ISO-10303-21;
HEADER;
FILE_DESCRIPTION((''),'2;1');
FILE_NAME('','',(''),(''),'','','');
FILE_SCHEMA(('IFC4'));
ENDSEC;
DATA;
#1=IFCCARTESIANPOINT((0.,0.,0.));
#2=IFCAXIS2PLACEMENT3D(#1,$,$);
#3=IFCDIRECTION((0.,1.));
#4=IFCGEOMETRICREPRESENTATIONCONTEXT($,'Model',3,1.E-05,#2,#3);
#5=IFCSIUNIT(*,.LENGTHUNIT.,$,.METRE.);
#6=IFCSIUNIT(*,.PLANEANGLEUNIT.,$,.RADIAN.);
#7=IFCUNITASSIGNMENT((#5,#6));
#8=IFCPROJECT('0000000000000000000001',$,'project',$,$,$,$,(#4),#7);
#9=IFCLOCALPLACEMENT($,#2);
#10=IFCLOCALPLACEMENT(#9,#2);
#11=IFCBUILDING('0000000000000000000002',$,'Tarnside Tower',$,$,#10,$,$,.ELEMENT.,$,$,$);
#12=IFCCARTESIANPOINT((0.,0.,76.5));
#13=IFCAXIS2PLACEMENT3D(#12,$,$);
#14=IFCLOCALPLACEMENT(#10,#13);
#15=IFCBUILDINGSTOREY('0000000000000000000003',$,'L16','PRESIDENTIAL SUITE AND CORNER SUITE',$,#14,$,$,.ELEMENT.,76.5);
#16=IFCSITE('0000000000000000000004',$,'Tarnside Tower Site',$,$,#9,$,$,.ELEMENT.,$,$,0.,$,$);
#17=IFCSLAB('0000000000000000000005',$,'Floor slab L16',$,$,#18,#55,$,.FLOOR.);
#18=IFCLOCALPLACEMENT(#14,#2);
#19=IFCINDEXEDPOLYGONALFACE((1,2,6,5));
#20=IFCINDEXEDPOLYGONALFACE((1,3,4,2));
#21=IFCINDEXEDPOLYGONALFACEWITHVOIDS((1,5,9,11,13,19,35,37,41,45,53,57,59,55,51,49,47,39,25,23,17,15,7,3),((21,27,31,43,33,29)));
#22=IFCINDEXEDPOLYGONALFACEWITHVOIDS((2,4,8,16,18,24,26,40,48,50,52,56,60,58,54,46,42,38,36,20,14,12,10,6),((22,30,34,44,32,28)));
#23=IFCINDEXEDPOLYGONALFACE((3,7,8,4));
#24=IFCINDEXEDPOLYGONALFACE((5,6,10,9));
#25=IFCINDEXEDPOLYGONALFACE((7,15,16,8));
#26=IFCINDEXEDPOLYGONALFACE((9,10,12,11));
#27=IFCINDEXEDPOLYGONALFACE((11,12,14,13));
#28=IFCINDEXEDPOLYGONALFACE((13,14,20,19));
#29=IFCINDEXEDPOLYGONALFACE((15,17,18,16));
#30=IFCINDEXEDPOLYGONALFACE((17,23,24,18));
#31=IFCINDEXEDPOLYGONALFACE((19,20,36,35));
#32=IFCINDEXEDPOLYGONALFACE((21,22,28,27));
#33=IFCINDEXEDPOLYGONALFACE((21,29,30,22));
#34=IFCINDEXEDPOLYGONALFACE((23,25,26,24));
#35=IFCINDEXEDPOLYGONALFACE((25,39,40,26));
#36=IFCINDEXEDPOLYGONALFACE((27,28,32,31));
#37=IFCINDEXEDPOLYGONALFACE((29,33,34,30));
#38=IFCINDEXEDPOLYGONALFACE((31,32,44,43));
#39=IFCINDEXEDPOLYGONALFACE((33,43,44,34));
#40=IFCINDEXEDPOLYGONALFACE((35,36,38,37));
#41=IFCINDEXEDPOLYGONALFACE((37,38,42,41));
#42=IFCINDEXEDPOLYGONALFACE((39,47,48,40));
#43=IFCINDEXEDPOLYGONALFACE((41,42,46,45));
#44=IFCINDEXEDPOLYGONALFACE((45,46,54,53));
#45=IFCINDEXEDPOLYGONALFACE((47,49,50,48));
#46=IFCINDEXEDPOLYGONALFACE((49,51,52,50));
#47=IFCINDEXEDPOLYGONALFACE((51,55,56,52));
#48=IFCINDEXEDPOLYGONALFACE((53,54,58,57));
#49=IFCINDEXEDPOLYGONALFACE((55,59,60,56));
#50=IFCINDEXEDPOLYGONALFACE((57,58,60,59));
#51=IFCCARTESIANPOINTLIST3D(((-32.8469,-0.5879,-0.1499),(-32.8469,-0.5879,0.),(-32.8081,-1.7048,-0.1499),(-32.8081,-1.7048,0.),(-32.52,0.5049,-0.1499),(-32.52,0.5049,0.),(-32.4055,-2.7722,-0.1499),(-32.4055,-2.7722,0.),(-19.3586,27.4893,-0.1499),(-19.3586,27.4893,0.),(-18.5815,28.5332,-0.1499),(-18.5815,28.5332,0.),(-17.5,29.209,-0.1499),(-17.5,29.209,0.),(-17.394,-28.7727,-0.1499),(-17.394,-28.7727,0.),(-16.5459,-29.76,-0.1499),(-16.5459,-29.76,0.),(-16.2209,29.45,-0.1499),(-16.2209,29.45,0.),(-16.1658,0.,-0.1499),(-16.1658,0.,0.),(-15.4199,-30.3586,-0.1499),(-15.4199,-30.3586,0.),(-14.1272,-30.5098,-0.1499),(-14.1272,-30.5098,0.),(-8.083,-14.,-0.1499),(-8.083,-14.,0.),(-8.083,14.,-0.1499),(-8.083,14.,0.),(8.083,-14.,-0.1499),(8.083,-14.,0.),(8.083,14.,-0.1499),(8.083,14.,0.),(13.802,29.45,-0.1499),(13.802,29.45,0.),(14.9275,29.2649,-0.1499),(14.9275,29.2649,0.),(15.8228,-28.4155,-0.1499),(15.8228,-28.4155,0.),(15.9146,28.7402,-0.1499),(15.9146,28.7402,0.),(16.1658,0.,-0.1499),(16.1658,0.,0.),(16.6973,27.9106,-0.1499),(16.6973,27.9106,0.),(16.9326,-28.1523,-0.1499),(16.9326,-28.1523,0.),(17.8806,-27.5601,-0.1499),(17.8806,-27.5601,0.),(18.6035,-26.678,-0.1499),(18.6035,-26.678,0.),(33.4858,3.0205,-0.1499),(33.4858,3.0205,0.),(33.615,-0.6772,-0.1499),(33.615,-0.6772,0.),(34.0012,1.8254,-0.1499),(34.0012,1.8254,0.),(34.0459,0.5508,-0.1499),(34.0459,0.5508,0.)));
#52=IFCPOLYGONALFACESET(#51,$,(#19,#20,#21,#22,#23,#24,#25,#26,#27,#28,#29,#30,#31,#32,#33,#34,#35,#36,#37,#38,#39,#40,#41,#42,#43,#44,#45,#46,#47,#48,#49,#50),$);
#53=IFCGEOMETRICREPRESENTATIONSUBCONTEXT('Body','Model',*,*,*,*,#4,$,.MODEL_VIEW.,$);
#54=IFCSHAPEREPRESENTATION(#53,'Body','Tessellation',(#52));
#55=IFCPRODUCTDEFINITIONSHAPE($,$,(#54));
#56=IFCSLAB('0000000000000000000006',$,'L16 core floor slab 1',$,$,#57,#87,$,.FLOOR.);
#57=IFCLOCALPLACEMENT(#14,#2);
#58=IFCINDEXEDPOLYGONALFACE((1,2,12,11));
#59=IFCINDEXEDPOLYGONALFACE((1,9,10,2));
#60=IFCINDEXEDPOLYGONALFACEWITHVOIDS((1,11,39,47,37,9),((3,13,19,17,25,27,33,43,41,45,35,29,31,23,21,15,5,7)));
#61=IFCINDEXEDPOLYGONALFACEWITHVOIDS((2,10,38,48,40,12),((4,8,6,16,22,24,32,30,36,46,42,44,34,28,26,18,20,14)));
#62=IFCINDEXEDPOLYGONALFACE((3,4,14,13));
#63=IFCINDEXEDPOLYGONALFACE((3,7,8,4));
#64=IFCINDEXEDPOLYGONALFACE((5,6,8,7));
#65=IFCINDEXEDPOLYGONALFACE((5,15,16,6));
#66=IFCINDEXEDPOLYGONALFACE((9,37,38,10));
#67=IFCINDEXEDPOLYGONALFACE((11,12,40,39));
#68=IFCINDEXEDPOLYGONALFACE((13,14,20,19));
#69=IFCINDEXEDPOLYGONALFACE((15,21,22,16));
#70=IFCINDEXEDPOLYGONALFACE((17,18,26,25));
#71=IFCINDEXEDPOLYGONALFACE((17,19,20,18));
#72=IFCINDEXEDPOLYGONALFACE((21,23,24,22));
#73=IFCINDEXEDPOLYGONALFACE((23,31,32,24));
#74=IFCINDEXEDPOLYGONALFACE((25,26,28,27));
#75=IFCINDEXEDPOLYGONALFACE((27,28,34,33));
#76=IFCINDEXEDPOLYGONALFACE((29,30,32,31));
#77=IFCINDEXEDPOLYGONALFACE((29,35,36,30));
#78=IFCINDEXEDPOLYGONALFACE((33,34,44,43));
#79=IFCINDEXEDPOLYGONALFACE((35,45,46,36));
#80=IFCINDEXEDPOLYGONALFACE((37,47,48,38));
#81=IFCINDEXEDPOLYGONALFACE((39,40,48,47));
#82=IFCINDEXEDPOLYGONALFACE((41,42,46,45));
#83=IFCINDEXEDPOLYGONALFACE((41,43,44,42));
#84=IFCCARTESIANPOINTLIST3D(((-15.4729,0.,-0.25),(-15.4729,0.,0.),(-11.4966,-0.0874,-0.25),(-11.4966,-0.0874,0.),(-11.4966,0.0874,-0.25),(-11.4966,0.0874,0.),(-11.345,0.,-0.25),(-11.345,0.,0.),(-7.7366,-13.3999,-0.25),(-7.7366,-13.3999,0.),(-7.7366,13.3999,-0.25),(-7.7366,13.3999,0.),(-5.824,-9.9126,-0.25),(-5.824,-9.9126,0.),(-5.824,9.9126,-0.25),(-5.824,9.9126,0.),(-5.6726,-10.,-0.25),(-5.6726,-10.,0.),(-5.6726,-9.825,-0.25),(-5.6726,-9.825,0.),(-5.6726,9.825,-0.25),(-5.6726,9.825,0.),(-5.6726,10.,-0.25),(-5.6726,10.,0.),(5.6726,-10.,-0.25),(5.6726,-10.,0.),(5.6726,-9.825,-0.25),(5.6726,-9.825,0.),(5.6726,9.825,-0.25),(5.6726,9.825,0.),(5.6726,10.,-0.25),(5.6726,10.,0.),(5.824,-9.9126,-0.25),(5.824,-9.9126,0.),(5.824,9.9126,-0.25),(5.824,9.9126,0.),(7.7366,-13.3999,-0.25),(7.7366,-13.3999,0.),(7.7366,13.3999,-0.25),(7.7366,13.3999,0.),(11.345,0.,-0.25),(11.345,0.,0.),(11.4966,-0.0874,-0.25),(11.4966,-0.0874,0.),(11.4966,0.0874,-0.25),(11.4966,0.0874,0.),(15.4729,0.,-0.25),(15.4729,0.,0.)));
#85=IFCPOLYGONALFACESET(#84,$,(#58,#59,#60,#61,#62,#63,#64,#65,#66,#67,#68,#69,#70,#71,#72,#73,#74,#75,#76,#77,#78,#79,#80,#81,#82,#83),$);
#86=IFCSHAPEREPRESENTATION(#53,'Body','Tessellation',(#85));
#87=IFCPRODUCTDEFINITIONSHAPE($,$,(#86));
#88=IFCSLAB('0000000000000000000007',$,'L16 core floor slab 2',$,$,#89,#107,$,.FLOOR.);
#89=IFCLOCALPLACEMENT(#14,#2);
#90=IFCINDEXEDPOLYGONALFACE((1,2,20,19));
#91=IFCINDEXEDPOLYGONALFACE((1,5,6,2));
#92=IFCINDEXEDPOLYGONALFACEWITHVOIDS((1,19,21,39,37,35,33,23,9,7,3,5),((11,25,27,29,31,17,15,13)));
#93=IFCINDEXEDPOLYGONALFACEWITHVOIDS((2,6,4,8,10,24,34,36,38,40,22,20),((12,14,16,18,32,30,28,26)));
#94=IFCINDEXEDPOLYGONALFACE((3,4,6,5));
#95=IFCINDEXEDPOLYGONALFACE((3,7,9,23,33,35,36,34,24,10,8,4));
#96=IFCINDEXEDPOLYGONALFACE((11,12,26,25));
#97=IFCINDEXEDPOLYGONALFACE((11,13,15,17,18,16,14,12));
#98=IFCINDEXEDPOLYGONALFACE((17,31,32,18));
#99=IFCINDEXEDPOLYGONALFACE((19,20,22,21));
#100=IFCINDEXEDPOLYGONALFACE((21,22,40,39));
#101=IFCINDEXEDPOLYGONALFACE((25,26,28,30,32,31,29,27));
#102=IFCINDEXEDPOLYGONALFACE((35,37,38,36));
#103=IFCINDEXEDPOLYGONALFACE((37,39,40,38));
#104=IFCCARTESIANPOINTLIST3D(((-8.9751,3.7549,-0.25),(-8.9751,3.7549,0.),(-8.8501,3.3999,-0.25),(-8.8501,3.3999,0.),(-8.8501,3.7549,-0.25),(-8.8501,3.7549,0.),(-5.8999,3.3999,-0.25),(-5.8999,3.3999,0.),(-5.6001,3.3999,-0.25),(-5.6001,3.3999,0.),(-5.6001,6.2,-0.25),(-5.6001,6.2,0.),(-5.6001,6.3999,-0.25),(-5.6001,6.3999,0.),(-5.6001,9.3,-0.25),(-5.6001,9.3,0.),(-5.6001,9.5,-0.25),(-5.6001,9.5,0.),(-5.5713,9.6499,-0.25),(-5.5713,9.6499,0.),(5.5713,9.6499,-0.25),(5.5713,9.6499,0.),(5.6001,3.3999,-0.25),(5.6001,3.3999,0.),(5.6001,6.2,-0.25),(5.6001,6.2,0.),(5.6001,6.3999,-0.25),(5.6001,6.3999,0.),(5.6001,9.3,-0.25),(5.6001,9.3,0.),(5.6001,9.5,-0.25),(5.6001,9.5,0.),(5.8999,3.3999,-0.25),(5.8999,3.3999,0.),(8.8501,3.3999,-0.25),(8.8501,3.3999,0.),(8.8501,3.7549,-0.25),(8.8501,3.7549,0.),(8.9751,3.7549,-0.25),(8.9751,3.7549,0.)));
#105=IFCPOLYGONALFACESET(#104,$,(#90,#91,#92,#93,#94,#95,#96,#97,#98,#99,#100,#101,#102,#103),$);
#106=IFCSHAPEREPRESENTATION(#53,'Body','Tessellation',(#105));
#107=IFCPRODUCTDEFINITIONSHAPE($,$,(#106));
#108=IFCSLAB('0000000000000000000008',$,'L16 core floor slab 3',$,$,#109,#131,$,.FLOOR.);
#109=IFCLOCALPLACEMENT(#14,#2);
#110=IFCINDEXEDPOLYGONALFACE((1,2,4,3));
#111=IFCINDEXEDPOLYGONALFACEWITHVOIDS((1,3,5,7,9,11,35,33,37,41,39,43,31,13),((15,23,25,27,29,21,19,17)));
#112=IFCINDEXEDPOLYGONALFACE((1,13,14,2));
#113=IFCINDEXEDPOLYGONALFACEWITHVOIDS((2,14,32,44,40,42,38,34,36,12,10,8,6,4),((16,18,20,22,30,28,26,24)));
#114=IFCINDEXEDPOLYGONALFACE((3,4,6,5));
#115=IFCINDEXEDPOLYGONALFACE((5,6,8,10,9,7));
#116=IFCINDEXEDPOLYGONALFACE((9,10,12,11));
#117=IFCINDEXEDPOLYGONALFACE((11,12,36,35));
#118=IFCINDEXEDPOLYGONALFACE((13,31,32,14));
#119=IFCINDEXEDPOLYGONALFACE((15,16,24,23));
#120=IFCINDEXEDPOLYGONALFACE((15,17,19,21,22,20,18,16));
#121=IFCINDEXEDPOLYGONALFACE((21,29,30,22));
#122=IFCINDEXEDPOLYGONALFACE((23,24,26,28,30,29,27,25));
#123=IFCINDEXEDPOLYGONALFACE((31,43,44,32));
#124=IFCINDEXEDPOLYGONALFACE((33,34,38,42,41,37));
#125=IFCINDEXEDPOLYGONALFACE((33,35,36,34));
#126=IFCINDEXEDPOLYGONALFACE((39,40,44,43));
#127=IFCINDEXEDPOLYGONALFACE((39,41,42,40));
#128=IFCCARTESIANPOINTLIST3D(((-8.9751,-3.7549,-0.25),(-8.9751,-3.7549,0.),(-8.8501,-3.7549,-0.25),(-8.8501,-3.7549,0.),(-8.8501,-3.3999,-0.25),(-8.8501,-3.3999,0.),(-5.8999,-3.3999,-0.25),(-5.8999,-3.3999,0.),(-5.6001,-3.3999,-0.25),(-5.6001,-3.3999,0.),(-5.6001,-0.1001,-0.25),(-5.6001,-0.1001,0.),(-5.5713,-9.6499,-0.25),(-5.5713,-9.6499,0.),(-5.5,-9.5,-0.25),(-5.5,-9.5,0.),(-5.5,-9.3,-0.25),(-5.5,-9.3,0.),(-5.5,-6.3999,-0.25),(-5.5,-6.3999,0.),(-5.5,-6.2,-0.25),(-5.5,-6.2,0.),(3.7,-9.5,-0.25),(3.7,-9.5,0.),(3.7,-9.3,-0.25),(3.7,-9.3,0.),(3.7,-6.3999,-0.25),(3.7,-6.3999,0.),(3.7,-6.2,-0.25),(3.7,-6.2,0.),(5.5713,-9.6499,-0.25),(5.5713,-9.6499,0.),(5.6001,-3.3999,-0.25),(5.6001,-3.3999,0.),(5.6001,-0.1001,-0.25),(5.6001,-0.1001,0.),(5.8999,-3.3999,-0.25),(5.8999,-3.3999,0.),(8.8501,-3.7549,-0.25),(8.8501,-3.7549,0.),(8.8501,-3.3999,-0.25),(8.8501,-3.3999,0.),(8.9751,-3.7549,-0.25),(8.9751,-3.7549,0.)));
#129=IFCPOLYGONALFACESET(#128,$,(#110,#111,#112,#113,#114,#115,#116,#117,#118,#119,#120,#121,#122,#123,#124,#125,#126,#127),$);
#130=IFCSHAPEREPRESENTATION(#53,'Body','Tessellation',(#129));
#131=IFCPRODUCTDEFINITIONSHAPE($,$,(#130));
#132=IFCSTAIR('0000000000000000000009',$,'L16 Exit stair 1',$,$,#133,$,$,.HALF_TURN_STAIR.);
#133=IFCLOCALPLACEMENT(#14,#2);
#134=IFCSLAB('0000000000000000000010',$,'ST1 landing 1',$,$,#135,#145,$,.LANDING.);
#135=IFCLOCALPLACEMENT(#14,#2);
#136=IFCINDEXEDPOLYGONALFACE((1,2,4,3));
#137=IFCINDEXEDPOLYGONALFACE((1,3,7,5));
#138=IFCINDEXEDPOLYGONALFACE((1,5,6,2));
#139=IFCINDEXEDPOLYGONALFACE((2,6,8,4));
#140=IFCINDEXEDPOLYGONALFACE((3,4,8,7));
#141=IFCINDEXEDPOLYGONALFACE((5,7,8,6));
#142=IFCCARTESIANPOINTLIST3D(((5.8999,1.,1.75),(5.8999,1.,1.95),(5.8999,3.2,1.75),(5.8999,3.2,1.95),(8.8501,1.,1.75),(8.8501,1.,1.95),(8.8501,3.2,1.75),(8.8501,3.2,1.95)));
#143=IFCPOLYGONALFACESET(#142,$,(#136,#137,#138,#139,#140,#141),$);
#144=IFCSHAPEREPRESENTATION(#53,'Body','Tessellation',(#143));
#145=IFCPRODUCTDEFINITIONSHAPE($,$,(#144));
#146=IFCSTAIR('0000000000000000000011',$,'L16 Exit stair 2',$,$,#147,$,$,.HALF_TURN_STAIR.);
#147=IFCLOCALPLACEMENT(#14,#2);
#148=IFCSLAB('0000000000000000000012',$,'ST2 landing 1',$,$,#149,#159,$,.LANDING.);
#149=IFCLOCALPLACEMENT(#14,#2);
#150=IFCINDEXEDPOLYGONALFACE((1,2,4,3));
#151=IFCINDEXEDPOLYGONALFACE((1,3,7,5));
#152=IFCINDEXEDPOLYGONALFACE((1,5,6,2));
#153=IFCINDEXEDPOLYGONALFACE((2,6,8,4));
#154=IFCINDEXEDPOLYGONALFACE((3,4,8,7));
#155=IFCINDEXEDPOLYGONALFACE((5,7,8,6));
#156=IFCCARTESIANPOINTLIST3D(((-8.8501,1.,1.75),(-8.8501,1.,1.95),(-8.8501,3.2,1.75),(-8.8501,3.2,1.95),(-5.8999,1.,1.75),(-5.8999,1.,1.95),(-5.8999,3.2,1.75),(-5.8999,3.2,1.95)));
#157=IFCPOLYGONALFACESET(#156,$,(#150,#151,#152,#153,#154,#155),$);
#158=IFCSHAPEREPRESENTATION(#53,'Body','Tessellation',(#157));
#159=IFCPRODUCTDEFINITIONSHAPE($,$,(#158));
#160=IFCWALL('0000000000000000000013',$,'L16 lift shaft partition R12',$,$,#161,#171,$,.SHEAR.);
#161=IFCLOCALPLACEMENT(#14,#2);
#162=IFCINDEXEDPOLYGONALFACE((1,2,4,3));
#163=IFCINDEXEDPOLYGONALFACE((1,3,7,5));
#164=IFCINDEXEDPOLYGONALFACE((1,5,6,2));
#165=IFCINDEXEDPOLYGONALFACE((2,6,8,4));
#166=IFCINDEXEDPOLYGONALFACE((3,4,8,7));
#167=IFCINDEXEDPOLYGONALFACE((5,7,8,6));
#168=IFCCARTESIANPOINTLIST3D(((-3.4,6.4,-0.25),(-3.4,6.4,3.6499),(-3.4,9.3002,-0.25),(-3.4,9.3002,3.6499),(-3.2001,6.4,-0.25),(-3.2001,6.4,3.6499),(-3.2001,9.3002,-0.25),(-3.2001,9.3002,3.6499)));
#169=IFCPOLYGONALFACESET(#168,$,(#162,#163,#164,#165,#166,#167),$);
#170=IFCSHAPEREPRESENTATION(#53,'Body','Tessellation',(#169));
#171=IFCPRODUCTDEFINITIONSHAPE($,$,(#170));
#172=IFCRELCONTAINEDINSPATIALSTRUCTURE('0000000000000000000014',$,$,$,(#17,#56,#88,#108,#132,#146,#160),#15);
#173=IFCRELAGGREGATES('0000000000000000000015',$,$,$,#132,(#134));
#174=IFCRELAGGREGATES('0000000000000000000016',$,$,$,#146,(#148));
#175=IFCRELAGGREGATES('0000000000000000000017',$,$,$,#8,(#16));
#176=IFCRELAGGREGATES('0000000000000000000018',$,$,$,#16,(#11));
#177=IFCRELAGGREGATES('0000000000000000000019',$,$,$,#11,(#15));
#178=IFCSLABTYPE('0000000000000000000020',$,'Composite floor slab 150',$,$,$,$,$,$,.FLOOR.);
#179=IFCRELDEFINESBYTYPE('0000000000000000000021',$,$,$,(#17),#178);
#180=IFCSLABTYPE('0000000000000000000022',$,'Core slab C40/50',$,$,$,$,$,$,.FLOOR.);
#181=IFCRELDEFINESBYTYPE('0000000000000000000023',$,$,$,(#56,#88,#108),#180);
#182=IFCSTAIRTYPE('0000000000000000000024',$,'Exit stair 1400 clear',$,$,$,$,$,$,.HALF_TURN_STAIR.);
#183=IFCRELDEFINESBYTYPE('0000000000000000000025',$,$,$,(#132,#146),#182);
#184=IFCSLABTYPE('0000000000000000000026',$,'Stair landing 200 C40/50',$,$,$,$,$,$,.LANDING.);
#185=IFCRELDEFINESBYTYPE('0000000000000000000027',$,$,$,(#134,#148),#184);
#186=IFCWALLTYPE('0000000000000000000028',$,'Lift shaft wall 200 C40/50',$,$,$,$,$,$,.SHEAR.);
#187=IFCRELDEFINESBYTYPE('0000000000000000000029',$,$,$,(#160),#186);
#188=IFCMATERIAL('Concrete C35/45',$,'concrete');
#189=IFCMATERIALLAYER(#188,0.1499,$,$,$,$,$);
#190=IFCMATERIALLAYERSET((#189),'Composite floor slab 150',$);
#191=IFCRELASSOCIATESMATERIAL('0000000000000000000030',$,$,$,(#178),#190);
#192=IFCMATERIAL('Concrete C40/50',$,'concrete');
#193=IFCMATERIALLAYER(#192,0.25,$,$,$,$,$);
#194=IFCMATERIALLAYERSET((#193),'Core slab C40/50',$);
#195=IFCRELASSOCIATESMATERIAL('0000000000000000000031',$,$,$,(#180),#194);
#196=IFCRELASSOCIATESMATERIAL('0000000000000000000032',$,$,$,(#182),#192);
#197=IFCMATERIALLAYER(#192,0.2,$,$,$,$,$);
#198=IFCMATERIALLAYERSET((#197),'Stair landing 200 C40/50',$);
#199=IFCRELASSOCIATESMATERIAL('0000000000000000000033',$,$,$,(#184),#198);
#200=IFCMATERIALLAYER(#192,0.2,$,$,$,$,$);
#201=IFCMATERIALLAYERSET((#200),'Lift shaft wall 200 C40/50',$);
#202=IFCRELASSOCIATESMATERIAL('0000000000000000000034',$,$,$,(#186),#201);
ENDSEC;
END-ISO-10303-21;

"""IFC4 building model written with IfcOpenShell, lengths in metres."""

from ifc_helpers import new_model, si_unit, direction, frame, frame_2d, origin, place, context, subcontext, project, spatial, polyline, rectangle, outline, extrude, material, layer, layer_set, type_object, element, aggregate, save


model = new_model("IFC4")

# Units and contexts
model_context = context("Model", 3, precision=1e-05, world=origin(), true_north=direction((0.0, 1.0)))
body_context = subcontext(model_context, "Body", "Model", "MODEL_VIEW")
ifc_project = project(units=[si_unit("LENGTHUNIT", "METRE"), si_unit("PLANEANGLEUNIT", "RADIAN")], contexts=[model_context])

# Site, building, storey
site_placement = place(None, origin())
site = spatial("IfcSite", under=ifc_project, at=site_placement, Name="Tarnside Tower Site", CompositionType="ELEMENT", RefElevation=0.0)
building_placement = place(site_placement, origin())
building = spatial("IfcBuilding", under=site, at=building_placement, Name="Tarnside Tower", CompositionType="ELEMENT")
storey_placement = place(building_placement, frame((0.0, 0.0, 76.5)))
storey = spatial("IfcBuildingStorey", under=building, at=storey_placement, Name="L16", Description="PRESIDENTIAL SUITE AND CORNER SUITE", CompositionType="ELEMENT", Elevation=76.5)

# Slabs
ifc_material_1 = material(Name="Concrete C35/45", Category="concrete")
ifc_layer_1 = layer(ifc_material_1, 0.1499)
ifc_layer_set_1 = layer_set([ifc_layer_1], Name="Composite floor slab 150")
slab_type_1 = type_object("IfcSlabType", Name="Composite floor slab 150", PredefinedType="FLOOR", material=ifc_layer_set_1)
slab_1_placement = place(storey_placement, frame((0.0, 0.0, -0.1499)))
element("IfcSlab", 1, at=slab_1_placement, inside=storey, type_object=slab_type_1, Name="Floor slab L16", PredefinedType="FLOOR", context=body_context, shape_type="SweptSolid", body=[
    extrude(outline(polyline([(14.9275, 29.2649), (15.9146, 28.7402), (16.6973, 27.9106), (33.4858, 3.0205), (34.0012, 1.8254), (34.0459, 0.5508), (33.615, -0.6772), (18.6035, -26.678), (17.8806, -27.5601), (16.9326, -28.1523), (15.8228, -28.4155), (-14.1272, -30.5098), (-15.4199, -30.3586), (-16.5459, -29.76), (-17.394, -28.7727), (-32.4055, -2.7722), (-32.8081, -1.7048), (-32.8469, -0.5879), (-32.52, 0.5049), (-19.3586, 27.4893), (-18.5815, 28.5332), (-17.5, 29.209), (-16.2209, 29.45), (13.802, 29.45), (14.9275, 29.2649)]), holes=[polyline([(-16.1658, 0.0), (-8.083, -14.0), (8.083, -14.0), (16.1658, 0.0), (8.083, 14.0), (-8.083, 14.0), (-16.1658, 0.0)])]), origin(), (0.0, 0.0, 1.0), 0.1499),
])
ifc_material_2 = material(Name="Concrete C40/50", Category="concrete")
ifc_layer_2 = layer(ifc_material_2, 0.25)
ifc_layer_set_2 = layer_set([ifc_layer_2], Name="Core slab C40/50")
slab_type_2 = type_object("IfcSlabType", Name="Core slab C40/50", PredefinedType="FLOOR", material=ifc_layer_set_2)
slab_2_placement = place(storey_placement, frame((0.0, 0.0, -0.25)))
element("IfcSlab", 2, at=slab_2_placement, inside=storey, type_object=slab_type_2, Name="L16 core floor slab 1", PredefinedType="FLOOR", context=body_context, shape_type="SweptSolid", body=[
    extrude(outline(polyline([(-15.4729, 0.0), (-7.7366, 13.3999), (7.7366, 13.3999), (15.4729, 0.0), (7.7366, -13.3999), (-7.7366, -13.3999), (-15.4729, 0.0)]), holes=[polyline([(5.824, -9.9126), (11.4966, -0.0874), (11.345, 0.0), (11.4966, 0.0874), (5.824, 9.9126), (5.6726, 9.825), (5.6726, 10.0), (-5.6726, 10.0), (-5.6726, 9.825), (-5.824, 9.9126), (-11.4966, 0.0874), (-11.345, 0.0), (-11.4966, -0.0874), (-5.824, -9.9126), (-5.6726, -9.825), (-5.6726, -10.0), (5.6726, -10.0), (5.6726, -9.825), (5.824, -9.9126)])]), origin(), (0.0, 0.0, 1.0), 0.25),
])
slab_3_placement = place(storey_placement, frame((0.0, 0.0, -0.25)))
element("IfcSlab", 3, at=slab_3_placement, inside=storey, type_object=slab_type_2, Name="L16 core floor slab 2", PredefinedType="FLOOR", context=body_context, shape_type="SweptSolid", body=[
    extrude(outline(polyline([(-8.9751, 3.7549), (-5.5713, 9.6499), (5.5713, 9.6499), (8.9751, 3.7549), (8.8501, 3.7549), (8.8501, 3.3999), (5.8999, 3.3999), (5.6001, 3.3999), (5.6001, 3.3999), (-5.6001, 3.3999), (-5.8999, 3.3999), (-8.8501, 3.3999), (-8.8501, 3.7549), (-8.9751, 3.7549)]), holes=[polyline([(-5.6001, 6.2), (5.6001, 6.2), (5.6001, 6.3999), (5.6001, 9.3), (5.6001, 9.5), (-5.6001, 9.5), (-5.6001, 9.3), (-5.6001, 6.3999), (-5.6001, 6.2)])]), origin(), (0.0, 0.0, 1.0), 0.25),
])
slab_4_placement = place(storey_placement, frame((0.0, 0.0, -0.25)))
element("IfcSlab", 4, at=slab_4_placement, inside=storey, type_object=slab_type_2, Name="L16 core floor slab 3", PredefinedType="FLOOR", context=body_context, shape_type="SweptSolid", body=[
    extrude(outline(polyline([(5.6001, -3.3999), (5.8999, -3.3999), (8.8501, -3.3999), (8.8501, -3.7549), (8.9751, -3.7549), (5.5713, -9.6499), (-5.5713, -9.6499), (-8.9751, -3.7549), (-8.8501, -3.7549), (-8.8501, -3.3999), (-5.8999, -3.3999), (-5.6001, -3.3999), (-5.6001, -0.1001), (5.6001, -0.1001), (5.6001, -3.3999)]), holes=[polyline([(-5.5, -9.3), (-5.5, -9.5), (3.7, -9.5), (3.7, -9.3), (3.7, -6.3999), (3.7, -6.2), (-5.5, -6.2), (-5.5, -6.3999), (-5.5, -9.3)])]), origin(), (0.0, 0.0, 1.0), 0.25),
])

# Stairs, slabs
stair_type = type_object("IfcStairType", Name="Exit stair 1400 clear", PredefinedType="HALF_TURN_STAIR", material=ifc_material_2)
stair_1_placement = place(storey_placement, origin())
stair_1 = element("IfcStair", 5, at=stair_1_placement, inside=storey, type_object=stair_type, Name="L16 Exit stair 1", PredefinedType="HALF_TURN_STAIR")
ifc_layer_3 = layer(ifc_material_2, 0.2)
ifc_layer_set_3 = layer_set([ifc_layer_3], Name="Stair landing 200 C40/50")
slab_type_3 = type_object("IfcSlabType", Name="Stair landing 200 C40/50", PredefinedType="LANDING", material=ifc_layer_set_3)
slab_5_placement = place(storey_placement, frame((0.0, 0.0, 1.75)))
slab_5 = element("IfcSlab", 6, at=slab_5_placement, type_object=slab_type_3, Name="ST1 landing 1", PredefinedType="LANDING", context=body_context, shape_type="SweptSolid", body=[
    extrude(outline(polyline([(8.8501, 1.0), (8.8501, 3.2), (5.8999, 3.2), (5.8999, 1.0), (8.8501, 1.0)])), origin(), (0.0, 0.0, 1.0), 0.2),
])
aggregate(stair_1, [slab_5])
stair_2_placement = place(storey_placement, origin())
stair_2 = element("IfcStair", 7, at=stair_2_placement, inside=storey, type_object=stair_type, Name="L16 Exit stair 2", PredefinedType="HALF_TURN_STAIR")
slab_6_placement = place(storey_placement, frame((0.0, 0.0, 1.75)))
slab_6 = element("IfcSlab", 8, at=slab_6_placement, type_object=slab_type_3, Name="ST2 landing 1", PredefinedType="LANDING", context=body_context, shape_type="SweptSolid", body=[
    extrude(outline(polyline([(-5.8999, 1.0), (-5.8999, 3.2), (-8.8501, 3.2), (-8.8501, 1.0), (-5.8999, 1.0)])), origin(), (0.0, 0.0, 1.0), 0.2),
])
aggregate(stair_2, [slab_6])

# Wall
ifc_layer_4 = layer(ifc_material_2, 0.2)
ifc_layer_set_4 = layer_set([ifc_layer_4], Name="Lift shaft wall 200 C40/50")
wall_type = type_object("IfcWallType", Name="Lift shaft wall 200 C40/50", PredefinedType="SHEAR", material=ifc_layer_set_4)
wall_placement = place(storey_placement, frame((-3.3, 6.3999, -0.25), z_axis=(0.0, 0.0, 1.0), x_axis=(0.0, 1.0, 0.0)))
element("IfcWall", 9, at=wall_placement, inside=storey, type_object=wall_type, Name="L16 lift shaft partition R12", PredefinedType="SHEAR", context=body_context, shape_type="SweptSolid", body=[
    extrude(rectangle(XDim=2.9001, YDim=0.2, at=frame_2d((1.4502, 0.0))), origin(), (0.0, 0.0, 1.0), 3.8999),
])

save(model, "model.ifc")
